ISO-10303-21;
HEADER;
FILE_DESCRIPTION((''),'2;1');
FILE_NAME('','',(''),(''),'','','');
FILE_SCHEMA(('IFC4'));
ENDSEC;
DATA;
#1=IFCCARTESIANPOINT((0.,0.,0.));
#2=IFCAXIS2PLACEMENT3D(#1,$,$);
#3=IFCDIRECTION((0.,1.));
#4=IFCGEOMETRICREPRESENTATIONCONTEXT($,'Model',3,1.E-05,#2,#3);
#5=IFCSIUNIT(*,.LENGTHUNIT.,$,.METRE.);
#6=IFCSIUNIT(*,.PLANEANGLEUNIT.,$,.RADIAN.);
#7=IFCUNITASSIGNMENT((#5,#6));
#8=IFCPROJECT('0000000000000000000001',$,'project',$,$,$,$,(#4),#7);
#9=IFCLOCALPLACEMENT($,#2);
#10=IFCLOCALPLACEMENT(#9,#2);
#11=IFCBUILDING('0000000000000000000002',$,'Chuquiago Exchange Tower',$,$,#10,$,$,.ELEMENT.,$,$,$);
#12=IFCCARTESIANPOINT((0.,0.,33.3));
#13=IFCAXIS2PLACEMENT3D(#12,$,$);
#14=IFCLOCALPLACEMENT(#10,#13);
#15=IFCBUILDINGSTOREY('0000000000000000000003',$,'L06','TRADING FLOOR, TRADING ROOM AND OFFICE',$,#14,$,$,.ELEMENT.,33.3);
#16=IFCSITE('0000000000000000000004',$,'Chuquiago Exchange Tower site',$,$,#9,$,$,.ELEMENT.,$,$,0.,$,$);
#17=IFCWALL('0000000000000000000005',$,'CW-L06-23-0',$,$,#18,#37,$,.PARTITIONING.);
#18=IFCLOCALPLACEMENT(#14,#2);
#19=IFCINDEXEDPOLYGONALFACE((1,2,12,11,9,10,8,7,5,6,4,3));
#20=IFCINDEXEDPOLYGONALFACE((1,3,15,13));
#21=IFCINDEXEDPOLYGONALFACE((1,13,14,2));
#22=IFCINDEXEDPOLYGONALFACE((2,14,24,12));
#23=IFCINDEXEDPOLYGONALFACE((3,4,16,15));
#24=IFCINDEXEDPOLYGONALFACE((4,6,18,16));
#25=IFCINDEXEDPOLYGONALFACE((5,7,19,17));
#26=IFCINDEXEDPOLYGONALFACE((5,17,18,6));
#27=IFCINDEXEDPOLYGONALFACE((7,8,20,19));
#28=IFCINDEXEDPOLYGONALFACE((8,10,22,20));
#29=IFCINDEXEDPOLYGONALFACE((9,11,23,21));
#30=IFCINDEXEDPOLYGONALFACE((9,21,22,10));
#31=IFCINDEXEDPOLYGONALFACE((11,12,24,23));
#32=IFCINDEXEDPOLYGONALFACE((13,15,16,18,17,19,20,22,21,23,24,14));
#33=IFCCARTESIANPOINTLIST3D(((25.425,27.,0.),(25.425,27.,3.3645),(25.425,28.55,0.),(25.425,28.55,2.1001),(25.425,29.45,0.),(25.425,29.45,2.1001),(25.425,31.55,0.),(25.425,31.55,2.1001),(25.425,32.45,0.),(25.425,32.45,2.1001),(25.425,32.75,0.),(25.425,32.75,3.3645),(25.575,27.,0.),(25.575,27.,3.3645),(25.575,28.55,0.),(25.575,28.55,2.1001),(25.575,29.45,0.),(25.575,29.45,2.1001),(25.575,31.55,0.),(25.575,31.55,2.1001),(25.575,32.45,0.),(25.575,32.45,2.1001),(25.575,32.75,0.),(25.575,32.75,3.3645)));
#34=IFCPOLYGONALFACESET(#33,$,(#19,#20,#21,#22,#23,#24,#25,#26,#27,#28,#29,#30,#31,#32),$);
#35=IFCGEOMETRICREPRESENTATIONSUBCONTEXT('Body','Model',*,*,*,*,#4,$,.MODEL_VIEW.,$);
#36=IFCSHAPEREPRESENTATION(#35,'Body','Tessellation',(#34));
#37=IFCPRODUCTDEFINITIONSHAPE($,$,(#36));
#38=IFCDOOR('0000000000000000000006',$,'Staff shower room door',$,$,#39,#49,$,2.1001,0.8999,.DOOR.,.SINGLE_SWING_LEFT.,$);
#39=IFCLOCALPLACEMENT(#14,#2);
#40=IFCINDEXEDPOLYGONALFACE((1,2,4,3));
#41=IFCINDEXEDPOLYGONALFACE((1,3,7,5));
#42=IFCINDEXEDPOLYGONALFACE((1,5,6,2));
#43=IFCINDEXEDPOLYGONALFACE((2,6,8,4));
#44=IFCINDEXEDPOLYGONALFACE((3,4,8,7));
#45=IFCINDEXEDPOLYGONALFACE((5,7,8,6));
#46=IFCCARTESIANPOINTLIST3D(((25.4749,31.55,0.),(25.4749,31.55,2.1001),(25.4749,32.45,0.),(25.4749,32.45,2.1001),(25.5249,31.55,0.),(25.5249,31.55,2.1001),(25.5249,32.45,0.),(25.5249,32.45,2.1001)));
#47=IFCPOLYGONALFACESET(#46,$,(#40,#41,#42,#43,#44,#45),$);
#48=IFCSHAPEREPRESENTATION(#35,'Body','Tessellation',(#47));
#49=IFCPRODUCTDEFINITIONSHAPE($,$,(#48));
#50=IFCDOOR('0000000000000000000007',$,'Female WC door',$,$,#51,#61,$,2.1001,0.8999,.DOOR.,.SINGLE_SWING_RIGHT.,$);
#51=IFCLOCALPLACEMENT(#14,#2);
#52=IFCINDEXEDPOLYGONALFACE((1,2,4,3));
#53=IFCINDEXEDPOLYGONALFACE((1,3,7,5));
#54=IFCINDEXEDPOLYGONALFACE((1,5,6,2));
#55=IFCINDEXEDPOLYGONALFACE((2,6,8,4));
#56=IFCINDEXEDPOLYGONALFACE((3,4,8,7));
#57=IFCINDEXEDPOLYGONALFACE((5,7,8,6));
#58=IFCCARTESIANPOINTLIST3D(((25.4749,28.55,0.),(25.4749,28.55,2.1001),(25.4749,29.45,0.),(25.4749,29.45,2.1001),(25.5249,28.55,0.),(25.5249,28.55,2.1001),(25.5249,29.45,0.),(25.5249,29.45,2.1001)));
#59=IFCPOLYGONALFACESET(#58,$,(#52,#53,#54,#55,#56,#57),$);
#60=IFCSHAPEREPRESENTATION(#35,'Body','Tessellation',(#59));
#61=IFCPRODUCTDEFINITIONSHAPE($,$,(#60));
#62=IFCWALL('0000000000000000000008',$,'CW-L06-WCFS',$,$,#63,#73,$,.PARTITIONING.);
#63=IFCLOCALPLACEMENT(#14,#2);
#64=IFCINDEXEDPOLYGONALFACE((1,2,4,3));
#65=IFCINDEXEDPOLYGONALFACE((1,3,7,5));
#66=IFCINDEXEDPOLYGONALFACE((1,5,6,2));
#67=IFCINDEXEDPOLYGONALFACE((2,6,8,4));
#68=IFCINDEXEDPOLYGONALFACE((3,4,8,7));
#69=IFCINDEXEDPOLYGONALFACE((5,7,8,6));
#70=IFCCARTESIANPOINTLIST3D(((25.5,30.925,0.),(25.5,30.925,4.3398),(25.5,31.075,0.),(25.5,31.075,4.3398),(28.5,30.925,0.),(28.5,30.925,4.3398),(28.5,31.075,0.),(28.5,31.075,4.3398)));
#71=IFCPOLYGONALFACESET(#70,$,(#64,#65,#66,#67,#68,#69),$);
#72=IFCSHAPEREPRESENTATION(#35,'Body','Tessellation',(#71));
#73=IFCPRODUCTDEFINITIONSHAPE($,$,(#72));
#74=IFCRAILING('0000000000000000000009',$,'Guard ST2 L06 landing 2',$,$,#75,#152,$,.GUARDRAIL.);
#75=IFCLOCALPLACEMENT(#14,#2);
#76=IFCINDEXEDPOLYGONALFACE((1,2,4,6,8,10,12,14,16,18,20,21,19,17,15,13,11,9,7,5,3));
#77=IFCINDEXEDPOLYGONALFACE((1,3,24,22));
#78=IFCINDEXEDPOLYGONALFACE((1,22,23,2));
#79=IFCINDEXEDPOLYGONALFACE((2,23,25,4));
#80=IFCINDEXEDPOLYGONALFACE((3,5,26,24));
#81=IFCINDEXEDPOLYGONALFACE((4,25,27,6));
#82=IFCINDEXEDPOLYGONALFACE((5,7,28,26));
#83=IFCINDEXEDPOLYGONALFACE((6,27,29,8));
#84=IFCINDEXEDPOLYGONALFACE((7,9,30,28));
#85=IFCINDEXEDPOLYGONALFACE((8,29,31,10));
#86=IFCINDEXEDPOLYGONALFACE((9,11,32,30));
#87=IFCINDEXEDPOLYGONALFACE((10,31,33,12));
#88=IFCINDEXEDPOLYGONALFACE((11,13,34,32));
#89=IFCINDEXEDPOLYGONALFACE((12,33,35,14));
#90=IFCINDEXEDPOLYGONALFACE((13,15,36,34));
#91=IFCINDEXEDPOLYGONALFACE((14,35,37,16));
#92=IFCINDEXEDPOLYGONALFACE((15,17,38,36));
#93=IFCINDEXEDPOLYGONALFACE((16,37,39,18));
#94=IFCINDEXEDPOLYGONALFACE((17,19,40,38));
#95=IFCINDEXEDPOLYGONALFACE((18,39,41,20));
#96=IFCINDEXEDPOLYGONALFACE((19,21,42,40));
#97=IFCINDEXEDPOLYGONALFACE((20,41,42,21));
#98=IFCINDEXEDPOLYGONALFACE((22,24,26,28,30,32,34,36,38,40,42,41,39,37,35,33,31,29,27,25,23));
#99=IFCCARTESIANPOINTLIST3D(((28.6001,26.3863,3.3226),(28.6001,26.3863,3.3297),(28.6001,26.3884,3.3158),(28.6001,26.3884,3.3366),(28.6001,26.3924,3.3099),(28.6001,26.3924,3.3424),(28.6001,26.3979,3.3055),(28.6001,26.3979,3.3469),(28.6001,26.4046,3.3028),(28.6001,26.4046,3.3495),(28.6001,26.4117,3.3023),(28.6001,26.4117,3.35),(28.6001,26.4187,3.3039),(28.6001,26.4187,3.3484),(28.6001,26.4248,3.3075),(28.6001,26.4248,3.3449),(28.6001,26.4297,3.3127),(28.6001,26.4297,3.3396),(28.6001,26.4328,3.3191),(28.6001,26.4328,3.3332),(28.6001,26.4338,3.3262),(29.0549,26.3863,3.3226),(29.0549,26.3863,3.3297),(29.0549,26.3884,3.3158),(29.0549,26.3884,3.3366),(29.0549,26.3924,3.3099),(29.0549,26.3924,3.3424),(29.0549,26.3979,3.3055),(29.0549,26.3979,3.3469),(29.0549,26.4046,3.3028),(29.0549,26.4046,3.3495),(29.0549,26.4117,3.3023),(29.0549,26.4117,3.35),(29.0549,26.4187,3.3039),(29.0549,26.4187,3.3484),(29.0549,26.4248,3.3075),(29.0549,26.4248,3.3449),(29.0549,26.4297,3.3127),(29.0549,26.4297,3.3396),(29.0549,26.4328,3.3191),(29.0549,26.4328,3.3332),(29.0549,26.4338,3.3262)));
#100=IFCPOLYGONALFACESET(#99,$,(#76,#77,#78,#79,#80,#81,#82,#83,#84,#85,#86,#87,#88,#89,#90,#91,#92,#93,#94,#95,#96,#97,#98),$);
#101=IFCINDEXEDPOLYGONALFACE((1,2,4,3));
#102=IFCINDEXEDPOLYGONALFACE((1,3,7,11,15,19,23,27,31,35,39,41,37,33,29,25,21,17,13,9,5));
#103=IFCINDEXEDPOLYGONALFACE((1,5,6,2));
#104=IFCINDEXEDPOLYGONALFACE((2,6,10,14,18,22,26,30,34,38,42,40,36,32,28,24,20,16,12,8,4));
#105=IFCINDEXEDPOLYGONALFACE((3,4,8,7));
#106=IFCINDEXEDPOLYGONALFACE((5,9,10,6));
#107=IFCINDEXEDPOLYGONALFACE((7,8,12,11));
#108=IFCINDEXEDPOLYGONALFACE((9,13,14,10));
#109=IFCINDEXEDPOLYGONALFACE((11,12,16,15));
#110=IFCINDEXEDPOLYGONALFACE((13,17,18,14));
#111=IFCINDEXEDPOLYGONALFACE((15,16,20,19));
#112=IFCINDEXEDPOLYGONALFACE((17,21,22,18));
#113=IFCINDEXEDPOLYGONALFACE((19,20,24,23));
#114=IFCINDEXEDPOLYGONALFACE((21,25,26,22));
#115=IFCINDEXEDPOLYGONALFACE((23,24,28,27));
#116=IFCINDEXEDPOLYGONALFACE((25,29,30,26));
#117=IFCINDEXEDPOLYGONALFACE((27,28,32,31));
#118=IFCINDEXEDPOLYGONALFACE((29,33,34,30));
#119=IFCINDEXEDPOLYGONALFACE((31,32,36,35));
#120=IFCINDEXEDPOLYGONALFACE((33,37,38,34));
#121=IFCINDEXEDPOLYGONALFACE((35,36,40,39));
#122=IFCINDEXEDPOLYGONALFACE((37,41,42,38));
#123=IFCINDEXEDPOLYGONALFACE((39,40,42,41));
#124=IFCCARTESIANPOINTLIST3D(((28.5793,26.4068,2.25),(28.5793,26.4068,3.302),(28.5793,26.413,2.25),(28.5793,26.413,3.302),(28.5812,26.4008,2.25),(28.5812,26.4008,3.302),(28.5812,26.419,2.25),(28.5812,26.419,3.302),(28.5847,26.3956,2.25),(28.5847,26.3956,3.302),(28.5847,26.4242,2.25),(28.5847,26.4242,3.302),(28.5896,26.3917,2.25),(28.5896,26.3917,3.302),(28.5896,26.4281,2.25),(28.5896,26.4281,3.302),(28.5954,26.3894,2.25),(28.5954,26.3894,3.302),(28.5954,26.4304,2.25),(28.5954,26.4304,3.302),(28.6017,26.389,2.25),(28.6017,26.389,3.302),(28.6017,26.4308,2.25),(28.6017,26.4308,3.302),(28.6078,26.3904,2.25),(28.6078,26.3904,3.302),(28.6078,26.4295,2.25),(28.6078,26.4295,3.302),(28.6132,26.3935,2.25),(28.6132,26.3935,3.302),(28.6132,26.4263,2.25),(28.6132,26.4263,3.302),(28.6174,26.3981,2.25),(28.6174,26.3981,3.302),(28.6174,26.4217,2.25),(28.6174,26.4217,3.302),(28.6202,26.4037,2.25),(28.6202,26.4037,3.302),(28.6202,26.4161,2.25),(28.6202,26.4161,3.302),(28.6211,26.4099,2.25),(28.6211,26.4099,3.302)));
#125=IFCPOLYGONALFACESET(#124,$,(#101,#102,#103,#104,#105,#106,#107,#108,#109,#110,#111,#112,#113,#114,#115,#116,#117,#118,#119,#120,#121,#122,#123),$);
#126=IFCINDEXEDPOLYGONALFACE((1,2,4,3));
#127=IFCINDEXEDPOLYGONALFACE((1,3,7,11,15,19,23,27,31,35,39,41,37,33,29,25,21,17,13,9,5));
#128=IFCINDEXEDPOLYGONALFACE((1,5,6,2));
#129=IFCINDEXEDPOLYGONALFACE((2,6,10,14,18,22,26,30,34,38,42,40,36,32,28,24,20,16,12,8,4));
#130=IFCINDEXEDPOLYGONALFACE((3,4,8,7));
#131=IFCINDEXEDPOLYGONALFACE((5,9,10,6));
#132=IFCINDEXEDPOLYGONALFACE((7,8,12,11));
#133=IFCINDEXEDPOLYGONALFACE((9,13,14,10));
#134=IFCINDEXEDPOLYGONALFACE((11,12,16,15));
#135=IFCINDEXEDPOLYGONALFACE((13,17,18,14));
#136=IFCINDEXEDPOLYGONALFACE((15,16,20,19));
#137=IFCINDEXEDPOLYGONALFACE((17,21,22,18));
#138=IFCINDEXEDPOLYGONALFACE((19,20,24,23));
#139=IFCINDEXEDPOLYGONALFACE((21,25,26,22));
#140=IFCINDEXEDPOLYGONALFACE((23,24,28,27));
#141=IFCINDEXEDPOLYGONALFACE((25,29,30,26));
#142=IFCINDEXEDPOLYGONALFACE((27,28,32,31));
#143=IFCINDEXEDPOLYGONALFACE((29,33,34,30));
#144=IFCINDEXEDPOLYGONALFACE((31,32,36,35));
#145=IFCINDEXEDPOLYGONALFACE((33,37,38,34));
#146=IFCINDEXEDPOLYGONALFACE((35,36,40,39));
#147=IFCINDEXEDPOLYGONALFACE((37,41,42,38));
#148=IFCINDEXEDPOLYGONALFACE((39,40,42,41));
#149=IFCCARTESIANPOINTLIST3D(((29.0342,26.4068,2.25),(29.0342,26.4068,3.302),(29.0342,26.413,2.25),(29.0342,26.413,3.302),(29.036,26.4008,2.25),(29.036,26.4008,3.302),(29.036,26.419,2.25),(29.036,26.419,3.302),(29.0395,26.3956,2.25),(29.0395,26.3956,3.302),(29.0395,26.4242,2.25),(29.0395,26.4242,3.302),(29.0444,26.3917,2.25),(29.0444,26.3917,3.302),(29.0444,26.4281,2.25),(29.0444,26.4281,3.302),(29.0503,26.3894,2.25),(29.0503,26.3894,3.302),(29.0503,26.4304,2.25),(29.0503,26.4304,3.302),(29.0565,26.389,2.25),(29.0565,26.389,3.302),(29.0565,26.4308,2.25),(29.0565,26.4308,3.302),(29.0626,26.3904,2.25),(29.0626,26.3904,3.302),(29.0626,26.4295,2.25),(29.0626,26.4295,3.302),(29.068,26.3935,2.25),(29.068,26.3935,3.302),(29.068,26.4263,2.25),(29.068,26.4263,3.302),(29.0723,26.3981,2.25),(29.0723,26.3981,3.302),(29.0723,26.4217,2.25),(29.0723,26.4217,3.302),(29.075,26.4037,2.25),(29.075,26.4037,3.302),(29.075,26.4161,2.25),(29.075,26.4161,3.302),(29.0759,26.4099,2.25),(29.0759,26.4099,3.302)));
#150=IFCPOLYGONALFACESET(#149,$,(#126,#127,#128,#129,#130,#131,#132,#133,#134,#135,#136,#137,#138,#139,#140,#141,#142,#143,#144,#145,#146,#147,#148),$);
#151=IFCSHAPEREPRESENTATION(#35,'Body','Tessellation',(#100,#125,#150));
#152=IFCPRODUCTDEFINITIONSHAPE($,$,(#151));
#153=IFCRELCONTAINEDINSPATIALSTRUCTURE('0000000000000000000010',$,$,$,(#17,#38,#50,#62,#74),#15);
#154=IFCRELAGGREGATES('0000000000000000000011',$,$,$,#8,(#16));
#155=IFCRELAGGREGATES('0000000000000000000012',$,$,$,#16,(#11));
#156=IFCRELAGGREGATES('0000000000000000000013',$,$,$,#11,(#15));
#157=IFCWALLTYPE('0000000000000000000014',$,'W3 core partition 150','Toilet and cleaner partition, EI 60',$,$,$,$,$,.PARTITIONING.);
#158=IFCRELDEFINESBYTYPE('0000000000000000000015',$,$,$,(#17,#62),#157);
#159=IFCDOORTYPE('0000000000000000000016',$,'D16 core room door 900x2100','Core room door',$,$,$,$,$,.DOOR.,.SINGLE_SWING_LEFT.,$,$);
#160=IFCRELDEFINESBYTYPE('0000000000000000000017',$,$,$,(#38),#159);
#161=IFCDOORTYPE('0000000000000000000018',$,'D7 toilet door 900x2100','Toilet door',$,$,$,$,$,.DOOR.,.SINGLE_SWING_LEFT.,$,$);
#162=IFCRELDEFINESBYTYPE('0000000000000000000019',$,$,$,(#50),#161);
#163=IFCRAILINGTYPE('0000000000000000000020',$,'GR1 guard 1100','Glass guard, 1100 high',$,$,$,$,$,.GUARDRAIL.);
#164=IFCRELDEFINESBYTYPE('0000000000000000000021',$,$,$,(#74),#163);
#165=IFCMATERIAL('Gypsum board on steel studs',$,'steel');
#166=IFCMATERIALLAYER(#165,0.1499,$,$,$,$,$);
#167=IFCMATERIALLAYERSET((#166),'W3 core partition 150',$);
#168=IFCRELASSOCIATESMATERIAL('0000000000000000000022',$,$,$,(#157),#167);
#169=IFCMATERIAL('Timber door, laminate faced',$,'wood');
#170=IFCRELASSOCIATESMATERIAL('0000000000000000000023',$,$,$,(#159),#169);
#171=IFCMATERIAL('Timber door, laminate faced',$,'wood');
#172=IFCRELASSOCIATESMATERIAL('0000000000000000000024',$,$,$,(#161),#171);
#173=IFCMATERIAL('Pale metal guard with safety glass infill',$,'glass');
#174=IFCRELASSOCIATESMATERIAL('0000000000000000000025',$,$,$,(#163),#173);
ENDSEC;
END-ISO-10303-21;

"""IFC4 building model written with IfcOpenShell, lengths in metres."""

from ifc_helpers import new_model, si_unit, direction, frame, frame_2d, origin, origin_2d, place, context, subcontext, project, spatial, rectangle, circle, extrude, material, layer, layer_set, type_object, element, fill, save


model = new_model("IFC4")

# Units and contexts
model_context = context("Model", 3, precision=1e-05, world=origin(), true_north=direction((0.0, 1.0)))
body_context = subcontext(model_context, "Body", "Model", "MODEL_VIEW")
ifc_project = project(units=[si_unit("LENGTHUNIT", "METRE"), si_unit("PLANEANGLEUNIT", "RADIAN")], contexts=[model_context])

# Site, building, storey
site_placement = place(None, origin())
site = spatial("IfcSite", under=ifc_project, at=site_placement, Name="Chuquiago Exchange Tower site", CompositionType="ELEMENT", RefElevation=0.0)
building_placement = place(site_placement, origin())
building = spatial("IfcBuilding", under=site, at=building_placement, Name="Chuquiago Exchange Tower", CompositionType="ELEMENT")
storey_placement = place(building_placement, frame((0.0, 0.0, 33.3)))
storey = spatial("IfcBuildingStorey", under=building, at=storey_placement, Name="L06", Description="TRADING FLOOR, TRADING ROOM AND OFFICE", CompositionType="ELEMENT", Elevation=33.3)

# Wall, openings, doors
ifc_material_1 = material(Name="Gypsum board on steel studs", Category="steel")
ifc_layer_1 = layer(ifc_material_1, 0.1499)
ifc_layer_set_1 = layer_set([ifc_layer_1], Name="W3 core partition 150")
wall_type_1 = type_object("IfcWallType", Name="W3 core partition 150", Description="Toilet and cleaner partition, EI 60", PredefinedType="PARTITIONING", material=ifc_layer_set_1)
ifc_material_2 = material(Name="Timber door, laminate faced", Category="wood")
door_type_1 = type_object("IfcDoorType", Name="D16 core room door 900x2100", Description="Core room door", OperationType="SINGLE_SWING_LEFT", PredefinedType="DOOR", material=ifc_material_2)
ifc_material_3 = material(Name="Timber door, laminate faced", Category="wood")
door_type_2 = type_object("IfcDoorType", Name="D7 toilet door 900x2100", Description="Toilet door", OperationType="SINGLE_SWING_LEFT", PredefinedType="DOOR", material=ifc_material_3)
wall_1_placement = place(storey_placement, frame((25.5, 27.0, 0.0), z_axis=(0.0, 0.0, 1.0), x_axis=(0.0, 1.0, 0.0)))
wall_1 = element("IfcWall", 1, at=wall_1_placement, inside=storey, type_object=wall_type_1, Name="CW-L06-23-0", PredefinedType="PARTITIONING", context=body_context, shape_type="SweptSolid", body=[
    extrude(rectangle(XDim=5.75, YDim=0.1499, at=frame_2d((2.875, 0.0))), origin(), (0.0, 0.0, 1.0), 3.3645),
])
opening_1_placement = place(wall_1_placement, frame((1.55, 0.0, 0.0)))
opening_1 = element("IfcOpeningElement", 2, at=opening_1_placement, cuts=wall_1, PredefinedType="OPENING", context=body_context, shape_type="SweptSolid", body=[
    extrude(rectangle(XDim=0.8999, YDim=2.1001, at=frame_2d((0.45, 1.05))), frame((0.0, 0.085, 0.0), z_axis=(0.0, -1.0, 0.0), x_axis=(1.0, 0.0, 0.0)), (0.0, 0.0, 1.0), 0.1699),
])
opening_2_placement = place(wall_1_placement, frame((4.55, 0.0, 0.0)))
opening_2 = element("IfcOpeningElement", 3, at=opening_2_placement, cuts=wall_1, PredefinedType="OPENING", context=body_context, shape_type="SweptSolid", body=[
    extrude(rectangle(XDim=0.8999, YDim=2.1001, at=frame_2d((0.45, 1.05))), frame((0.0, 0.085, 0.0), z_axis=(0.0, -1.0, 0.0), x_axis=(1.0, 0.0, 0.0)), (0.0, 0.0, 1.0), 0.1699),
])
door_1_placement = place(opening_2_placement, frame((0.8999, 0.0, 0.0), z_axis=(0.0, 0.0, 1.0), x_axis=(-1.0, 0.0, 0.0)))
door_1 = element("IfcDoor", 4, at=door_1_placement, inside=storey, type_object=door_type_1, Name="Staff shower room door", OperationType="SINGLE_SWING_LEFT", OverallHeight=2.1001, OverallWidth=0.8999, PredefinedType="DOOR", context=body_context, shape_type="SweptSolid", body=[
    extrude(rectangle(XDim=0.8999, YDim=2.1001, at=frame_2d((0.45, 1.05))), frame((0.0, 0.0249, 0.0), z_axis=(0.0, -1.0, 0.0), x_axis=(1.0, 0.0, 0.0)), (0.0, 0.0, 1.0), 0.05),
])
fill(opening_2, door_1)
door_2_placement = place(opening_1_placement, frame((0.8999, 0.0, 0.0), z_axis=(0.0, 0.0, 1.0), x_axis=(-1.0, 0.0, 0.0)))
door_2 = element("IfcDoor", 5, at=door_2_placement, inside=storey, type_object=door_type_2, Name="Female WC door", OperationType="SINGLE_SWING_RIGHT", OverallHeight=2.1001, OverallWidth=0.8999, PredefinedType="DOOR", context=body_context, shape_type="SweptSolid", body=[
    extrude(rectangle(XDim=0.8999, YDim=2.1001, at=frame_2d((0.45, 1.05))), frame((0.0, 0.0249, 0.0), z_axis=(0.0, -1.0, 0.0), x_axis=(1.0, 0.0, 0.0)), (0.0, 0.0, 1.0), 0.05),
])
fill(opening_1, door_2)

# Wall
wall_2_placement = place(storey_placement, frame((25.5, 31.0, 0.0), z_axis=(0.0, 0.0, 1.0), x_axis=(1.0, 0.0, 0.0)))
element("IfcWall", 6, at=wall_2_placement, inside=storey, type_object=wall_type_1, Name="CW-L06-WCFS", PredefinedType="PARTITIONING", context=body_context, shape_type="SweptSolid", body=[
    extrude(rectangle(XDim=3.0, YDim=0.1499, at=frame_2d((1.5, 0.0))), origin(), (0.0, 0.0, 1.0), 4.3398),
])

# Railing
ifc_material_4 = material(Name="Pale metal guard with safety glass infill", Category="glass")
railing_type = type_object("IfcRailingType", Name="GR1 guard 1100", Description="Glass guard, 1100 high", PredefinedType="GUARDRAIL", material=ifc_material_4)
railing_placement = place(storey_placement, frame((28.6001, 26.4099, 2.25)))
element("IfcRailing", 7, at=railing_placement, inside=storey, type_object=railing_type, Name="Guard ST2 L06 landing 2", PredefinedType="GUARDRAIL", context=body_context, shape_type="SweptSolid", body=[
    extrude(circle(Radius=0.0239, at=origin_2d()), frame((0.0, 0.0, 1.0762), z_axis=(1.0, 0.0, 0.0), x_axis=(0.0, 1.0, 0.0)), (0.0, 0.0, 1.0), 0.4548),
    extrude(circle(Radius=0.021, at=origin_2d()), origin(), (0.0, 0.0, 1.0), 1.052),
    extrude(circle(Radius=0.021, at=origin_2d()), frame((0.4548, 0.0, 0.0)), (0.0, 0.0, 1.0), 1.052),
])

save(model, "model.ifc")
